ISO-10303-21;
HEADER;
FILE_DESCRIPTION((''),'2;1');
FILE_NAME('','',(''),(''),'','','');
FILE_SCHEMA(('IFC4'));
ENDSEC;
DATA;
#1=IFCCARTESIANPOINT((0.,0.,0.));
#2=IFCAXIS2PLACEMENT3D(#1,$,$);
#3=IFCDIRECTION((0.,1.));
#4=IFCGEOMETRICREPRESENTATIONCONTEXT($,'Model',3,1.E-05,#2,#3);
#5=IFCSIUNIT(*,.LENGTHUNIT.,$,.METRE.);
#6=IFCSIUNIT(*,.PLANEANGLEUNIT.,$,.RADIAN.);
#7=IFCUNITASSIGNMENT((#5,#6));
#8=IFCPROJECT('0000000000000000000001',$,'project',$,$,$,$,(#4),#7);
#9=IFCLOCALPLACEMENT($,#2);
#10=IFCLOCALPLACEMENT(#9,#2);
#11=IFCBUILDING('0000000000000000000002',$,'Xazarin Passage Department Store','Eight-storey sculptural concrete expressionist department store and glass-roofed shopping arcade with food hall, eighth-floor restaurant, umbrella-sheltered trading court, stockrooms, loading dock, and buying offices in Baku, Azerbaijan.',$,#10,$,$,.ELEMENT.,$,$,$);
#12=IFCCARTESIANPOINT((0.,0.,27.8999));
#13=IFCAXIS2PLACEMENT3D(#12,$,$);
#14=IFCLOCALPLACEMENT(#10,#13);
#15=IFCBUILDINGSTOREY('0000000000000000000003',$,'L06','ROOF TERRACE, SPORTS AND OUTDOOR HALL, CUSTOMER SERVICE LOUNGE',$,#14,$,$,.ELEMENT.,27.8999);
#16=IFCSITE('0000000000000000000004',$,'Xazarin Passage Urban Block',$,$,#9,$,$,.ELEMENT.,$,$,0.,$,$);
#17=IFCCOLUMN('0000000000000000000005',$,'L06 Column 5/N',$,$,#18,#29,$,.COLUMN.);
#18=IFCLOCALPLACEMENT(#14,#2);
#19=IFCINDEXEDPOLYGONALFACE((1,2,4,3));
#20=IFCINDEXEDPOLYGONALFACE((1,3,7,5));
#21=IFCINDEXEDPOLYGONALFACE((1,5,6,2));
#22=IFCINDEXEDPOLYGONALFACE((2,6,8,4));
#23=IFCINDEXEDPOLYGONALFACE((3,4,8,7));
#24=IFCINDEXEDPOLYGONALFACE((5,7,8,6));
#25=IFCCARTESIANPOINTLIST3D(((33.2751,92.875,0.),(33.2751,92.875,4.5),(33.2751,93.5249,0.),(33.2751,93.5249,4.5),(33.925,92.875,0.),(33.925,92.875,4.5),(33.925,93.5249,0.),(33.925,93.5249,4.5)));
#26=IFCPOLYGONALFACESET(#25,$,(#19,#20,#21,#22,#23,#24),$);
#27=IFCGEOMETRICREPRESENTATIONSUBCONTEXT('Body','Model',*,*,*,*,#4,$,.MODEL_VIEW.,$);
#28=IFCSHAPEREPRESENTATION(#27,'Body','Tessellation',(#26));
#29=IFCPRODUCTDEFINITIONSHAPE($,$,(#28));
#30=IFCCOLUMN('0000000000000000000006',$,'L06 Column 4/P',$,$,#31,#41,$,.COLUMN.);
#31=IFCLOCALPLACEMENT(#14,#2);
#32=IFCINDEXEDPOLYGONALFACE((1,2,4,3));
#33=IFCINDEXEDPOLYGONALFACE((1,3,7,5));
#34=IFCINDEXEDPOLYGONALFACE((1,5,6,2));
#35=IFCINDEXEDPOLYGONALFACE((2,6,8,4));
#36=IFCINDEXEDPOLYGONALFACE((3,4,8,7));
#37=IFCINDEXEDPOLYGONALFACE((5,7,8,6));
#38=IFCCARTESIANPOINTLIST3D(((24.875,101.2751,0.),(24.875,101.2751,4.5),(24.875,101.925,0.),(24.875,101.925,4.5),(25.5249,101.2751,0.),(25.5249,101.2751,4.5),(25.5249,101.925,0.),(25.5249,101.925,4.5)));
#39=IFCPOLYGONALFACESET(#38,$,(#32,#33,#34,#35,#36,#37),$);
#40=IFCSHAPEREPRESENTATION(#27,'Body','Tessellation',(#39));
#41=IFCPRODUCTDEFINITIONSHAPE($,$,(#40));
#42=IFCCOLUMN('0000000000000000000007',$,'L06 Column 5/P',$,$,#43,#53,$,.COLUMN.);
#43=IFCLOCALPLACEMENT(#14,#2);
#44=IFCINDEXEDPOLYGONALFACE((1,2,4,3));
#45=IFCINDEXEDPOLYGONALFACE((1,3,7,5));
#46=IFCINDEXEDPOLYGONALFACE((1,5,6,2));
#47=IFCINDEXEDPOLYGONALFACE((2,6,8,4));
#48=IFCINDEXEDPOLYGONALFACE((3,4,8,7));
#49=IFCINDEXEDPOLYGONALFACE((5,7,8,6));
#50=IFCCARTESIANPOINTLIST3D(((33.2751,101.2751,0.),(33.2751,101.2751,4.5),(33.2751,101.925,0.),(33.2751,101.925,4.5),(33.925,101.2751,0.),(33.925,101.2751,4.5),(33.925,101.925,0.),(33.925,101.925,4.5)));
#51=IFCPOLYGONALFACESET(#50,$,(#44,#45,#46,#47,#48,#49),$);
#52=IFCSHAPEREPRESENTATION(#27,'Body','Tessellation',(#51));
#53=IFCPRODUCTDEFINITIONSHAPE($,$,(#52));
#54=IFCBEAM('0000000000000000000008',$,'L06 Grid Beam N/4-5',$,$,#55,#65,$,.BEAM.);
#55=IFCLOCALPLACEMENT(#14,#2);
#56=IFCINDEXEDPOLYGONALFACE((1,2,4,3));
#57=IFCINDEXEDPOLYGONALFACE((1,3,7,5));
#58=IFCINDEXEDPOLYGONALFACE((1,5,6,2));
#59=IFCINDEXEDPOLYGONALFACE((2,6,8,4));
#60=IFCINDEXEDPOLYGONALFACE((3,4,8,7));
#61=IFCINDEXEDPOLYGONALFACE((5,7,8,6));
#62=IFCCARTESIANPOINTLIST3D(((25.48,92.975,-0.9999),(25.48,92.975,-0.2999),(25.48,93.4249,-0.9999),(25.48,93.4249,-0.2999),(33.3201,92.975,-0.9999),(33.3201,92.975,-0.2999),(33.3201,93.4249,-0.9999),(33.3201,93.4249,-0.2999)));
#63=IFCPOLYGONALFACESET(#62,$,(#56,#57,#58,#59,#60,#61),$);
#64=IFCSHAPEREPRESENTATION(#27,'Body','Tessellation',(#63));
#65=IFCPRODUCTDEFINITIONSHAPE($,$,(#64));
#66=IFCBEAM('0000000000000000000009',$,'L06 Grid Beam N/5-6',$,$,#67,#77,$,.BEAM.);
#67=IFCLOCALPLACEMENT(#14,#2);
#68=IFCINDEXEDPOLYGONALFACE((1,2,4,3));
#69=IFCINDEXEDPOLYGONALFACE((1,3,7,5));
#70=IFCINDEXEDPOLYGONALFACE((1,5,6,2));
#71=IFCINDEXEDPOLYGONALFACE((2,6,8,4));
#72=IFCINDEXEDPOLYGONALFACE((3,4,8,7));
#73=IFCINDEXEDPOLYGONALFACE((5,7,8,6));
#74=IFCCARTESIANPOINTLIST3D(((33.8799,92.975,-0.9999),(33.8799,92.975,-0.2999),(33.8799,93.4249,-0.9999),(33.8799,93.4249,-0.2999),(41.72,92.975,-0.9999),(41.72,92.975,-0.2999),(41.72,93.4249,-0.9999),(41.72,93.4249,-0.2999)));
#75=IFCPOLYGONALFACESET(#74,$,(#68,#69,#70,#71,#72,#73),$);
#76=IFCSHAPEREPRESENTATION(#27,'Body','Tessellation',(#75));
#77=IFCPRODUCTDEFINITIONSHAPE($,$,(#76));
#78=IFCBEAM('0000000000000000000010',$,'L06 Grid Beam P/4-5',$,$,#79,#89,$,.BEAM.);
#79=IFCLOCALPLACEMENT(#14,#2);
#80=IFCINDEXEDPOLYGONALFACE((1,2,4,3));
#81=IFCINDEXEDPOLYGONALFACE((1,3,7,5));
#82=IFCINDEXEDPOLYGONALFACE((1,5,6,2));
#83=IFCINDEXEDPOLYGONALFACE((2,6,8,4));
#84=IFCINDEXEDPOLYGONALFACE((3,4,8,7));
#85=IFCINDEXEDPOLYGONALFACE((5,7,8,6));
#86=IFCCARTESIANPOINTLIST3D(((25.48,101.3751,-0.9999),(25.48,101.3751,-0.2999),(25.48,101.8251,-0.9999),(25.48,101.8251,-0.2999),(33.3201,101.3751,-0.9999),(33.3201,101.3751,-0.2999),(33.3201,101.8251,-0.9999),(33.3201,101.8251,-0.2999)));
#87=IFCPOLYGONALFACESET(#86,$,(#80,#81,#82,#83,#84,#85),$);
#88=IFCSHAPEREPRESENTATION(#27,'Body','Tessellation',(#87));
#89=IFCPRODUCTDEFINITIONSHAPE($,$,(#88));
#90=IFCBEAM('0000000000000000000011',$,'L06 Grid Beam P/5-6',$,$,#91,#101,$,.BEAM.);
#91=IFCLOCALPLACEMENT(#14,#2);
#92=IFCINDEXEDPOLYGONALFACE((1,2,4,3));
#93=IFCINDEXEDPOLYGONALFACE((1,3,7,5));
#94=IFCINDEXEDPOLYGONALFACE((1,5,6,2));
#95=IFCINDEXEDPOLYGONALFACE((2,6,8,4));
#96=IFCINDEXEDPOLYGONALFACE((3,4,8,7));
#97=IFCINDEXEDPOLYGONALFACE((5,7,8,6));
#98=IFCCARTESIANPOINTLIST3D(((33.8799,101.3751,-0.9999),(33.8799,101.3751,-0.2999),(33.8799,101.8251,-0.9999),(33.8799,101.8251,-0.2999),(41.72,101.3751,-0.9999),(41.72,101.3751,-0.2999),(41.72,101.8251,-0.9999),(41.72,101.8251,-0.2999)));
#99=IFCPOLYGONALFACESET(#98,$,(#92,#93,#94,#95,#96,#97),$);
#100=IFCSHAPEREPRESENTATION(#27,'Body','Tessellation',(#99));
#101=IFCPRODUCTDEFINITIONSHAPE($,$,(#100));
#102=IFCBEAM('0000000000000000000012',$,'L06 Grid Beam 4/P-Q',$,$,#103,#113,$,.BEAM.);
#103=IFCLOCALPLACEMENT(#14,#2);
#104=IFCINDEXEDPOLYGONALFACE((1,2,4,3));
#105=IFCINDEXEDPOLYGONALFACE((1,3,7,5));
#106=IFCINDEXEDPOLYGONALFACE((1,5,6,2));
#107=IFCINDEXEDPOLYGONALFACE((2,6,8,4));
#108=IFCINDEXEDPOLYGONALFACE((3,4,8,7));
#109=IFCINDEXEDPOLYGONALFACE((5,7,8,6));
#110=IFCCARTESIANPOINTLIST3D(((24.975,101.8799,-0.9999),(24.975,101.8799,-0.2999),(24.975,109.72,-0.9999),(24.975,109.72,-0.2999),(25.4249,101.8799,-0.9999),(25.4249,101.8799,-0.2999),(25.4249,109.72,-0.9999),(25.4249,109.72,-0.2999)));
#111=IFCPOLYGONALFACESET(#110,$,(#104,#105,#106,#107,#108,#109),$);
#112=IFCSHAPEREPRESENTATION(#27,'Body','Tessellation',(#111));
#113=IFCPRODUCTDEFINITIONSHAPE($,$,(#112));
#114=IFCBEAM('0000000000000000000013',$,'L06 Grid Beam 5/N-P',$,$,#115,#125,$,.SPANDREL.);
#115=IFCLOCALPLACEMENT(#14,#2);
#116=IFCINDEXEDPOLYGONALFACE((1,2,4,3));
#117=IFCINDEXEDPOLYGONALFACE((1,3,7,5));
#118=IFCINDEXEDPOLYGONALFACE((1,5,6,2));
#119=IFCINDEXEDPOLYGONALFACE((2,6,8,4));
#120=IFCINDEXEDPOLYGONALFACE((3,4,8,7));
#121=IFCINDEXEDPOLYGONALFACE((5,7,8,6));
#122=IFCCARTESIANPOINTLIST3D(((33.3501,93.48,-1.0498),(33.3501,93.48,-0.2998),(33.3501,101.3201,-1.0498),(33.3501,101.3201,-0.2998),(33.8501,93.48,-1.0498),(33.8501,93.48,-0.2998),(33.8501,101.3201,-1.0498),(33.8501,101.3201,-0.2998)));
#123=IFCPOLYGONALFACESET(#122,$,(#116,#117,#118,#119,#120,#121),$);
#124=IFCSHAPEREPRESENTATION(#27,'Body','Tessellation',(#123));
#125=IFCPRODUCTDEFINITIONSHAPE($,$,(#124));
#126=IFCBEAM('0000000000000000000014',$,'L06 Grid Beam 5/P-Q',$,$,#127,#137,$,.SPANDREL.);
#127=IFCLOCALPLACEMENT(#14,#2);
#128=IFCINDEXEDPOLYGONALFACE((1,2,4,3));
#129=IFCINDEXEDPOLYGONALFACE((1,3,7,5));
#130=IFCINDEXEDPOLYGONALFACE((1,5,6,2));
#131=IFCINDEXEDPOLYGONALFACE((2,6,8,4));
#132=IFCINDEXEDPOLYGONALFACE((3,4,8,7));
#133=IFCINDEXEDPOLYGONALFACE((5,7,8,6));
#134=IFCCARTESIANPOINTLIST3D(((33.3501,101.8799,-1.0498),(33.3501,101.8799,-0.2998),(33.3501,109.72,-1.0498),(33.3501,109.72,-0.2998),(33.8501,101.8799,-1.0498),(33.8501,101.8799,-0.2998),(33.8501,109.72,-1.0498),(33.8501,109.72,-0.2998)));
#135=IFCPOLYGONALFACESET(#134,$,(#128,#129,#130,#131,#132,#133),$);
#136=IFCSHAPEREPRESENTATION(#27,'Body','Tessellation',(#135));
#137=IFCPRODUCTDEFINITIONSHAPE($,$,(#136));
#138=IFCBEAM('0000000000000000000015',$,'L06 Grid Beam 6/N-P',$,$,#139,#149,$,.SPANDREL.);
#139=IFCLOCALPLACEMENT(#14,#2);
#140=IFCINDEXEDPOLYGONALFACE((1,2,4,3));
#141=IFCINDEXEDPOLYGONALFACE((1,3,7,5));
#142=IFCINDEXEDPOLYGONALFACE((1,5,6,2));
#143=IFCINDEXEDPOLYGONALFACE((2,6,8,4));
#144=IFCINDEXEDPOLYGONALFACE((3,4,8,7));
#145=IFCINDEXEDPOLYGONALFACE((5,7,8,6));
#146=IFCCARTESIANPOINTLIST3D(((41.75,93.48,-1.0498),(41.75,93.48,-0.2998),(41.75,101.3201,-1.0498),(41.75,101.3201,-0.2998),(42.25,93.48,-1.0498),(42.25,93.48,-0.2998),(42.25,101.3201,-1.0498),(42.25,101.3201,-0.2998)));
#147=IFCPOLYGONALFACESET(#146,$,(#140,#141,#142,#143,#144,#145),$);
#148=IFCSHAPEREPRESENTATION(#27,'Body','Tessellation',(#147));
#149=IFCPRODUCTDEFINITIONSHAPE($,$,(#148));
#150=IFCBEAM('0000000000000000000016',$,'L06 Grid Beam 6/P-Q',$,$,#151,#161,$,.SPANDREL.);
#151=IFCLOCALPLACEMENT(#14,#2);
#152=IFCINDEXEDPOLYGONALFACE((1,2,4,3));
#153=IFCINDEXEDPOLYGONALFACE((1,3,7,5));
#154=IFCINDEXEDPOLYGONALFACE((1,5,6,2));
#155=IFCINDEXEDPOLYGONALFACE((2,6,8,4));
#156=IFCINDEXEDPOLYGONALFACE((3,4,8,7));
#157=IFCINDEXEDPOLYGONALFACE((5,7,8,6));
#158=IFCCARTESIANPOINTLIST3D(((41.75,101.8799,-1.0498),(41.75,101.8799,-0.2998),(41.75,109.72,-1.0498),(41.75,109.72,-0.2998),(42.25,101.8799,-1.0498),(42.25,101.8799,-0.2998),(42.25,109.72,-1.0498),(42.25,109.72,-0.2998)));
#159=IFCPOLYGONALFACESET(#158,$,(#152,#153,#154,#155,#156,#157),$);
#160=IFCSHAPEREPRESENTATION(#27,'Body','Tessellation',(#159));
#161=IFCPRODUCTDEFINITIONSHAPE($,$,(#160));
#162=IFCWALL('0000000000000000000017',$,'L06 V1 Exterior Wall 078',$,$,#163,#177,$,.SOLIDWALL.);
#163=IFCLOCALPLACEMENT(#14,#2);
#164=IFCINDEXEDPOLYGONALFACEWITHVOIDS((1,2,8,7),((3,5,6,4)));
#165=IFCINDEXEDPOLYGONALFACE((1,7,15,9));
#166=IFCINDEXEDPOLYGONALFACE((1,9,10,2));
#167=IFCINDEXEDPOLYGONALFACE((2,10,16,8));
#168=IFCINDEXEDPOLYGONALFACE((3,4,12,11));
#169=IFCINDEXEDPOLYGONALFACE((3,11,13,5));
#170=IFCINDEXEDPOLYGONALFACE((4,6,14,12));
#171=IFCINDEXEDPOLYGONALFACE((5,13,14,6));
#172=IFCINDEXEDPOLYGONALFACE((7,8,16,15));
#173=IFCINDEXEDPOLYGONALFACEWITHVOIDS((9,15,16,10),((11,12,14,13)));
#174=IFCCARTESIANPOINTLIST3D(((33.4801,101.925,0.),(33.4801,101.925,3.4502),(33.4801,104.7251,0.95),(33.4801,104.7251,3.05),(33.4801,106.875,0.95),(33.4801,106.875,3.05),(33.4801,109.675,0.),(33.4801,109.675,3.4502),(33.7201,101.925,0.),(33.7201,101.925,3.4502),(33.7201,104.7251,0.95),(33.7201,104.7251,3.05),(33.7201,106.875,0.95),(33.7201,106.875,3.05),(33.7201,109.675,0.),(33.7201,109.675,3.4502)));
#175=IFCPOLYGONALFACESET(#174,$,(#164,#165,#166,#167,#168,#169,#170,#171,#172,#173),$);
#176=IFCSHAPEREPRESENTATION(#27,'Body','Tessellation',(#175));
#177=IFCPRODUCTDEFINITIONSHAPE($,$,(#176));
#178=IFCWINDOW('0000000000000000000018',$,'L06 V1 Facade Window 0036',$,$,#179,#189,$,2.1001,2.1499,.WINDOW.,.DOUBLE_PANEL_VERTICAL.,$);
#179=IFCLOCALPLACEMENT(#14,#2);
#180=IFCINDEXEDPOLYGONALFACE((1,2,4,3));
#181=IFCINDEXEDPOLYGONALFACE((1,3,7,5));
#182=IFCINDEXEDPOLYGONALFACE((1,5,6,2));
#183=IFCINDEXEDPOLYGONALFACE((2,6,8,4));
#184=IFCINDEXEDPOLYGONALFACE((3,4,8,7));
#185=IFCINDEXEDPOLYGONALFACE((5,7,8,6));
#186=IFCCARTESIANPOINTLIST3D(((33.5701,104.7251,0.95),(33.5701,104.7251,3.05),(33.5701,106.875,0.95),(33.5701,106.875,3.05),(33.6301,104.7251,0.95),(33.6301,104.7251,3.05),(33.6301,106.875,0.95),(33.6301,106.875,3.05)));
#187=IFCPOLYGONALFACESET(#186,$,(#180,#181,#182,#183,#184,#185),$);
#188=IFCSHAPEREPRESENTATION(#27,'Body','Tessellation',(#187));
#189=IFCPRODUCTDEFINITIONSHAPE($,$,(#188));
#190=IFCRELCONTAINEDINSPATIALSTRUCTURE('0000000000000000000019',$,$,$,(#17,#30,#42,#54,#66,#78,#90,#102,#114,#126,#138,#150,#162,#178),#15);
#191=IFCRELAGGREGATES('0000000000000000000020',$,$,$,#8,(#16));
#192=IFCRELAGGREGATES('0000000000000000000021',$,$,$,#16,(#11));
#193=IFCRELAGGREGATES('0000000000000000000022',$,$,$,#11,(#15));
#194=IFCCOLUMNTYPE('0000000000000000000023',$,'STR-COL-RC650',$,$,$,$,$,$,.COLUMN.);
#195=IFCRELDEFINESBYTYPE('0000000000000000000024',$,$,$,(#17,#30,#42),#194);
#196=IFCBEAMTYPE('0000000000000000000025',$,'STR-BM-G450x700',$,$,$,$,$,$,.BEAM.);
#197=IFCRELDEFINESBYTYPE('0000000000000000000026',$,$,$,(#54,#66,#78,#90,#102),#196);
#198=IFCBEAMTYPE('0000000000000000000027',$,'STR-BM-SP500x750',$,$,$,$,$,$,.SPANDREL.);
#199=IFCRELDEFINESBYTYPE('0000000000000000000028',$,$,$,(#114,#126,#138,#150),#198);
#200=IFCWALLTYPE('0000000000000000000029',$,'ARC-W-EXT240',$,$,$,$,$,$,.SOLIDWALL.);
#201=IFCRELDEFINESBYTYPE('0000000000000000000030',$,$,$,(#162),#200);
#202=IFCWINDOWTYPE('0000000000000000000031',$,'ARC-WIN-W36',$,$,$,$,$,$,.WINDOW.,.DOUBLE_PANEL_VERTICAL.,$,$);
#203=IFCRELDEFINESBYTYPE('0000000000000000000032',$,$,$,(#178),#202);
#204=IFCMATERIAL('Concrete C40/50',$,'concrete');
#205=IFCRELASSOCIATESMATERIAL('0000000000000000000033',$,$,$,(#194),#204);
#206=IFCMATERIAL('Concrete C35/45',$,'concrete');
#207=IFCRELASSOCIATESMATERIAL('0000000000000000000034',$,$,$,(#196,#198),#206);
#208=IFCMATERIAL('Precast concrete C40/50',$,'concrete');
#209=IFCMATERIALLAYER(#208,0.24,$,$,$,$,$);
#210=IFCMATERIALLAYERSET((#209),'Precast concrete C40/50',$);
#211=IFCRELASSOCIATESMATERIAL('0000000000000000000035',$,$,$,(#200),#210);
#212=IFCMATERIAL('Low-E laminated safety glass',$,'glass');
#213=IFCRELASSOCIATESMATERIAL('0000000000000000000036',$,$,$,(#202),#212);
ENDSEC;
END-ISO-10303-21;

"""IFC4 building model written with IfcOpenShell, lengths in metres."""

from ifc_helpers import new_model, si_unit, direction, frame, frame_2d, origin, origin_2d, place, context, subcontext, project, spatial, rectangle, extrude, material, layer, layer_set, material_profile, profile_set, type_object, element, fill, save


model = new_model("IFC4")

# Units and contexts
model_context = context("Model", 3, precision=1e-05, world=origin(), true_north=direction((0.0, 1.0)))
body_context = subcontext(model_context, "Body", "Model", "MODEL_VIEW")
ifc_project = project(units=[si_unit("LENGTHUNIT", "METRE"), si_unit("PLANEANGLEUNIT", "RADIAN")], contexts=[model_context])

# Site, building, storey
site_placement = place(None, origin())
site = spatial("IfcSite", under=ifc_project, at=site_placement, Name="Xazarin Passage Urban Block", CompositionType="ELEMENT", RefElevation=0.0)
building_placement = place(site_placement, origin())
building = spatial("IfcBuilding", under=site, at=building_placement, Name="Xazarin Passage Department Store", Description="Eight-storey sculptural concrete expressionist department store and glass-roofed shopping arcade with food hall, eighth-floor restaurant, umbrella-sheltered trading court, stockrooms, loading dock, and buying offices in Baku, Azerbaijan.", CompositionType="ELEMENT")
storey_placement = place(building_placement, frame((0.0, 0.0, 27.8999)))
storey = spatial("IfcBuildingStorey", under=building, at=storey_placement, Name="L06", Description="ROOF TERRACE, SPORTS AND OUTDOOR HALL, CUSTOMER SERVICE LOUNGE", CompositionType="ELEMENT", Elevation=27.8999)

# Columns
ifc_material_1 = material(Name="Concrete C40/50", Category="concrete")
ifc_material_profile_1 = material_profile(ifc_material_1, rectangle(XDim=0.6499, YDim=0.6499, at=origin_2d()), Name="RC 650x650")
ifc_profile_set_1 = profile_set([ifc_material_profile_1], Name="Concrete C40/50")
column_type = type_object("IfcColumnType", Name="STR-COL-RC650", PredefinedType="COLUMN", material=ifc_profile_set_1)
for number, where, z_axis, x_axis, name in (
    (1, (33.6001, 93.2, 0.0), (0.0, 0.0, 1.0), (1.0, 0.0, 0.0), "L06 Column 5/N"),
    (2, (25.2, 101.6001, 0.0), (0.0, 0.0, 1.0), (1.0, 0.0, 0.0), "L06 Column 4/P"),
    (3, (33.6001, 101.6001, 0.0), (0.0, 0.0, 1.0), (1.0, 0.0, 0.0), "L06 Column 5/P"),
):
    element("IfcColumn", number, at=place(storey_placement, frame(where, z_axis=z_axis, x_axis=x_axis)), inside=storey, type_object=column_type, Name=name, PredefinedType="COLUMN", context=body_context, shape_type="SweptSolid", body=[
        extrude(rectangle(XDim=0.6499, YDim=0.6499, at=origin_2d()), origin(), (0.0, 0.0, 1.0), 4.5),
    ])

# Beams
ifc_material_2 = material(Name="Concrete C35/45", Category="concrete")
ifc_material_profile_2 = material_profile(ifc_material_2, rectangle(XDim=0.45, YDim=0.7, at=origin_2d()), Name="RC 450x700")
ifc_profile_set_2 = profile_set([ifc_material_profile_2], Name="Concrete C35/45")
beam_type_1 = type_object("IfcBeamType", Name="STR-BM-G450x700", PredefinedType="BEAM", material=ifc_profile_set_2)
for number, where, z_axis, x_axis, name in (
    (4, (25.48, 93.2, -0.6499), (1.0, 0.0, 0.0), (0.0, 1.0, 0.0), "L06 Grid Beam N/4-5"),
    (5, (33.8799, 93.2, -0.6499), (1.0, 0.0, 0.0), (0.0, 1.0, 0.0), "L06 Grid Beam N/5-6"),
    (6, (25.48, 101.6001, -0.6499), (1.0, 0.0, 0.0), (0.0, 1.0, 0.0), "L06 Grid Beam P/4-5"),
    (7, (33.8799, 101.6001, -0.6499), (1.0, 0.0, 0.0), (0.0, 1.0, 0.0), "L06 Grid Beam P/5-6"),
    (8, (25.2, 101.8799, -0.6499), (0.0, 1.0, 0.0), (-1.0, 0.0, 0.0), "L06 Grid Beam 4/P-Q"),
):
    element("IfcBeam", number, at=place(storey_placement, frame(where, z_axis=z_axis, x_axis=x_axis)), inside=storey, type_object=beam_type_1, Name=name, PredefinedType="BEAM", context=body_context, shape_type="SweptSolid", body=[
        extrude(rectangle(XDim=0.45, YDim=0.7, at=origin_2d()), origin(), (0.0, 0.0, 1.0), 7.8401),
    ])
ifc_material_profile_3 = material_profile(ifc_material_2, rectangle(XDim=0.5, YDim=0.75, at=origin_2d()), Name="RC 500x750")
ifc_profile_set_3 = profile_set([ifc_material_profile_3], Name="Concrete C35/45")
beam_type_2 = type_object("IfcBeamType", Name="STR-BM-SP500x750", PredefinedType="SPANDREL", material=ifc_profile_set_3)
for number, where, z_axis, x_axis, name in (
    (9, (33.6001, 93.48, -0.6748), (0.0, 1.0, 0.0), (-1.0, 0.0, 0.0), "L06 Grid Beam 5/N-P"),
    (10, (33.6001, 101.8799, -0.6748), (0.0, 1.0, 0.0), (-1.0, 0.0, 0.0), "L06 Grid Beam 5/P-Q"),
    (11, (42.0, 93.48, -0.6748), (0.0, 1.0, 0.0), (-1.0, 0.0, 0.0), "L06 Grid Beam 6/N-P"),
    (12, (42.0, 101.8799, -0.6748), (0.0, 1.0, 0.0), (-1.0, 0.0, 0.0), "L06 Grid Beam 6/P-Q"),
):
    element("IfcBeam", number, at=place(storey_placement, frame(where, z_axis=z_axis, x_axis=x_axis)), inside=storey, type_object=beam_type_2, Name=name, PredefinedType="SPANDREL", context=body_context, shape_type="SweptSolid", body=[
        extrude(rectangle(XDim=0.5, YDim=0.75, at=origin_2d()), origin(), (0.0, 0.0, 1.0), 7.8401),
    ])

# Wall, opening, window
ifc_material_3 = material(Name="Precast concrete C40/50", Category="concrete")
ifc_layer_1 = layer(ifc_material_3, 0.24)
ifc_layer_set_1 = layer_set([ifc_layer_1], Name="Precast concrete C40/50")
wall_type_1 = type_object("IfcWallType", Name="ARC-W-EXT240", PredefinedType="SOLIDWALL", material=ifc_layer_set_1)
wall_1_placement = place(storey_placement, frame((33.6001, 101.925, 0.0), z_axis=(0.0, 0.0, 1.0), x_axis=(0.0, 1.0, 0.0)))
wall_1 = element("IfcWall", 13, at=wall_1_placement, inside=storey, type_object=wall_type_1, Name="L06 V1 Exterior Wall 078", PredefinedType="SOLIDWALL", context=body_context, shape_type="SweptSolid", body=[
    extrude(rectangle(XDim=7.75, YDim=0.24, at=frame_2d((3.875, 0.0))), origin(), (0.0, 0.0, 1.0), 3.4502),
])
opening_1_placement = place(wall_1_placement, frame((2.8, 0.0, 0.95)))
opening_1 = element("IfcOpeningElement", 14, at=opening_1_placement, cuts=wall_1, PredefinedType="OPENING", context=body_context, shape_type="SweptSolid", body=[
    extrude(rectangle(XDim=2.1499, YDim=2.1001, at=frame_2d((1.075, 1.05))), frame((0.0, 0.1299, 0.0), z_axis=(0.0, -1.0, 0.0), x_axis=(1.0, 0.0, 0.0)), (0.0, 0.0, 1.0), 0.26),
])
ifc_material_4 = material(Name="Low-E laminated safety glass", Category="glass")
window_type = type_object("IfcWindowType", Name="ARC-WIN-W36", PartitioningType="DOUBLE_PANEL_VERTICAL", PredefinedType="WINDOW", material=ifc_material_4)
window_placement = place(opening_1_placement, origin())
window = element("IfcWindow", 15, at=window_placement, inside=storey, type_object=window_type, Name="L06 V1 Facade Window 0036", OverallHeight=2.1001, OverallWidth=2.1499, PartitioningType="DOUBLE_PANEL_VERTICAL", PredefinedType="WINDOW", context=body_context, shape_type="SweptSolid", body=[
    extrude(rectangle(XDim=2.1499, YDim=2.1001, at=frame_2d((1.075, 1.05))), frame((0.0, 0.03, 0.0), z_axis=(0.0, -1.0, 0.0), x_axis=(1.0, 0.0, 0.0)), (0.0, 0.0, 1.0), 0.0601),
])
fill(opening_1, window)

save(model, "model.ifc")
